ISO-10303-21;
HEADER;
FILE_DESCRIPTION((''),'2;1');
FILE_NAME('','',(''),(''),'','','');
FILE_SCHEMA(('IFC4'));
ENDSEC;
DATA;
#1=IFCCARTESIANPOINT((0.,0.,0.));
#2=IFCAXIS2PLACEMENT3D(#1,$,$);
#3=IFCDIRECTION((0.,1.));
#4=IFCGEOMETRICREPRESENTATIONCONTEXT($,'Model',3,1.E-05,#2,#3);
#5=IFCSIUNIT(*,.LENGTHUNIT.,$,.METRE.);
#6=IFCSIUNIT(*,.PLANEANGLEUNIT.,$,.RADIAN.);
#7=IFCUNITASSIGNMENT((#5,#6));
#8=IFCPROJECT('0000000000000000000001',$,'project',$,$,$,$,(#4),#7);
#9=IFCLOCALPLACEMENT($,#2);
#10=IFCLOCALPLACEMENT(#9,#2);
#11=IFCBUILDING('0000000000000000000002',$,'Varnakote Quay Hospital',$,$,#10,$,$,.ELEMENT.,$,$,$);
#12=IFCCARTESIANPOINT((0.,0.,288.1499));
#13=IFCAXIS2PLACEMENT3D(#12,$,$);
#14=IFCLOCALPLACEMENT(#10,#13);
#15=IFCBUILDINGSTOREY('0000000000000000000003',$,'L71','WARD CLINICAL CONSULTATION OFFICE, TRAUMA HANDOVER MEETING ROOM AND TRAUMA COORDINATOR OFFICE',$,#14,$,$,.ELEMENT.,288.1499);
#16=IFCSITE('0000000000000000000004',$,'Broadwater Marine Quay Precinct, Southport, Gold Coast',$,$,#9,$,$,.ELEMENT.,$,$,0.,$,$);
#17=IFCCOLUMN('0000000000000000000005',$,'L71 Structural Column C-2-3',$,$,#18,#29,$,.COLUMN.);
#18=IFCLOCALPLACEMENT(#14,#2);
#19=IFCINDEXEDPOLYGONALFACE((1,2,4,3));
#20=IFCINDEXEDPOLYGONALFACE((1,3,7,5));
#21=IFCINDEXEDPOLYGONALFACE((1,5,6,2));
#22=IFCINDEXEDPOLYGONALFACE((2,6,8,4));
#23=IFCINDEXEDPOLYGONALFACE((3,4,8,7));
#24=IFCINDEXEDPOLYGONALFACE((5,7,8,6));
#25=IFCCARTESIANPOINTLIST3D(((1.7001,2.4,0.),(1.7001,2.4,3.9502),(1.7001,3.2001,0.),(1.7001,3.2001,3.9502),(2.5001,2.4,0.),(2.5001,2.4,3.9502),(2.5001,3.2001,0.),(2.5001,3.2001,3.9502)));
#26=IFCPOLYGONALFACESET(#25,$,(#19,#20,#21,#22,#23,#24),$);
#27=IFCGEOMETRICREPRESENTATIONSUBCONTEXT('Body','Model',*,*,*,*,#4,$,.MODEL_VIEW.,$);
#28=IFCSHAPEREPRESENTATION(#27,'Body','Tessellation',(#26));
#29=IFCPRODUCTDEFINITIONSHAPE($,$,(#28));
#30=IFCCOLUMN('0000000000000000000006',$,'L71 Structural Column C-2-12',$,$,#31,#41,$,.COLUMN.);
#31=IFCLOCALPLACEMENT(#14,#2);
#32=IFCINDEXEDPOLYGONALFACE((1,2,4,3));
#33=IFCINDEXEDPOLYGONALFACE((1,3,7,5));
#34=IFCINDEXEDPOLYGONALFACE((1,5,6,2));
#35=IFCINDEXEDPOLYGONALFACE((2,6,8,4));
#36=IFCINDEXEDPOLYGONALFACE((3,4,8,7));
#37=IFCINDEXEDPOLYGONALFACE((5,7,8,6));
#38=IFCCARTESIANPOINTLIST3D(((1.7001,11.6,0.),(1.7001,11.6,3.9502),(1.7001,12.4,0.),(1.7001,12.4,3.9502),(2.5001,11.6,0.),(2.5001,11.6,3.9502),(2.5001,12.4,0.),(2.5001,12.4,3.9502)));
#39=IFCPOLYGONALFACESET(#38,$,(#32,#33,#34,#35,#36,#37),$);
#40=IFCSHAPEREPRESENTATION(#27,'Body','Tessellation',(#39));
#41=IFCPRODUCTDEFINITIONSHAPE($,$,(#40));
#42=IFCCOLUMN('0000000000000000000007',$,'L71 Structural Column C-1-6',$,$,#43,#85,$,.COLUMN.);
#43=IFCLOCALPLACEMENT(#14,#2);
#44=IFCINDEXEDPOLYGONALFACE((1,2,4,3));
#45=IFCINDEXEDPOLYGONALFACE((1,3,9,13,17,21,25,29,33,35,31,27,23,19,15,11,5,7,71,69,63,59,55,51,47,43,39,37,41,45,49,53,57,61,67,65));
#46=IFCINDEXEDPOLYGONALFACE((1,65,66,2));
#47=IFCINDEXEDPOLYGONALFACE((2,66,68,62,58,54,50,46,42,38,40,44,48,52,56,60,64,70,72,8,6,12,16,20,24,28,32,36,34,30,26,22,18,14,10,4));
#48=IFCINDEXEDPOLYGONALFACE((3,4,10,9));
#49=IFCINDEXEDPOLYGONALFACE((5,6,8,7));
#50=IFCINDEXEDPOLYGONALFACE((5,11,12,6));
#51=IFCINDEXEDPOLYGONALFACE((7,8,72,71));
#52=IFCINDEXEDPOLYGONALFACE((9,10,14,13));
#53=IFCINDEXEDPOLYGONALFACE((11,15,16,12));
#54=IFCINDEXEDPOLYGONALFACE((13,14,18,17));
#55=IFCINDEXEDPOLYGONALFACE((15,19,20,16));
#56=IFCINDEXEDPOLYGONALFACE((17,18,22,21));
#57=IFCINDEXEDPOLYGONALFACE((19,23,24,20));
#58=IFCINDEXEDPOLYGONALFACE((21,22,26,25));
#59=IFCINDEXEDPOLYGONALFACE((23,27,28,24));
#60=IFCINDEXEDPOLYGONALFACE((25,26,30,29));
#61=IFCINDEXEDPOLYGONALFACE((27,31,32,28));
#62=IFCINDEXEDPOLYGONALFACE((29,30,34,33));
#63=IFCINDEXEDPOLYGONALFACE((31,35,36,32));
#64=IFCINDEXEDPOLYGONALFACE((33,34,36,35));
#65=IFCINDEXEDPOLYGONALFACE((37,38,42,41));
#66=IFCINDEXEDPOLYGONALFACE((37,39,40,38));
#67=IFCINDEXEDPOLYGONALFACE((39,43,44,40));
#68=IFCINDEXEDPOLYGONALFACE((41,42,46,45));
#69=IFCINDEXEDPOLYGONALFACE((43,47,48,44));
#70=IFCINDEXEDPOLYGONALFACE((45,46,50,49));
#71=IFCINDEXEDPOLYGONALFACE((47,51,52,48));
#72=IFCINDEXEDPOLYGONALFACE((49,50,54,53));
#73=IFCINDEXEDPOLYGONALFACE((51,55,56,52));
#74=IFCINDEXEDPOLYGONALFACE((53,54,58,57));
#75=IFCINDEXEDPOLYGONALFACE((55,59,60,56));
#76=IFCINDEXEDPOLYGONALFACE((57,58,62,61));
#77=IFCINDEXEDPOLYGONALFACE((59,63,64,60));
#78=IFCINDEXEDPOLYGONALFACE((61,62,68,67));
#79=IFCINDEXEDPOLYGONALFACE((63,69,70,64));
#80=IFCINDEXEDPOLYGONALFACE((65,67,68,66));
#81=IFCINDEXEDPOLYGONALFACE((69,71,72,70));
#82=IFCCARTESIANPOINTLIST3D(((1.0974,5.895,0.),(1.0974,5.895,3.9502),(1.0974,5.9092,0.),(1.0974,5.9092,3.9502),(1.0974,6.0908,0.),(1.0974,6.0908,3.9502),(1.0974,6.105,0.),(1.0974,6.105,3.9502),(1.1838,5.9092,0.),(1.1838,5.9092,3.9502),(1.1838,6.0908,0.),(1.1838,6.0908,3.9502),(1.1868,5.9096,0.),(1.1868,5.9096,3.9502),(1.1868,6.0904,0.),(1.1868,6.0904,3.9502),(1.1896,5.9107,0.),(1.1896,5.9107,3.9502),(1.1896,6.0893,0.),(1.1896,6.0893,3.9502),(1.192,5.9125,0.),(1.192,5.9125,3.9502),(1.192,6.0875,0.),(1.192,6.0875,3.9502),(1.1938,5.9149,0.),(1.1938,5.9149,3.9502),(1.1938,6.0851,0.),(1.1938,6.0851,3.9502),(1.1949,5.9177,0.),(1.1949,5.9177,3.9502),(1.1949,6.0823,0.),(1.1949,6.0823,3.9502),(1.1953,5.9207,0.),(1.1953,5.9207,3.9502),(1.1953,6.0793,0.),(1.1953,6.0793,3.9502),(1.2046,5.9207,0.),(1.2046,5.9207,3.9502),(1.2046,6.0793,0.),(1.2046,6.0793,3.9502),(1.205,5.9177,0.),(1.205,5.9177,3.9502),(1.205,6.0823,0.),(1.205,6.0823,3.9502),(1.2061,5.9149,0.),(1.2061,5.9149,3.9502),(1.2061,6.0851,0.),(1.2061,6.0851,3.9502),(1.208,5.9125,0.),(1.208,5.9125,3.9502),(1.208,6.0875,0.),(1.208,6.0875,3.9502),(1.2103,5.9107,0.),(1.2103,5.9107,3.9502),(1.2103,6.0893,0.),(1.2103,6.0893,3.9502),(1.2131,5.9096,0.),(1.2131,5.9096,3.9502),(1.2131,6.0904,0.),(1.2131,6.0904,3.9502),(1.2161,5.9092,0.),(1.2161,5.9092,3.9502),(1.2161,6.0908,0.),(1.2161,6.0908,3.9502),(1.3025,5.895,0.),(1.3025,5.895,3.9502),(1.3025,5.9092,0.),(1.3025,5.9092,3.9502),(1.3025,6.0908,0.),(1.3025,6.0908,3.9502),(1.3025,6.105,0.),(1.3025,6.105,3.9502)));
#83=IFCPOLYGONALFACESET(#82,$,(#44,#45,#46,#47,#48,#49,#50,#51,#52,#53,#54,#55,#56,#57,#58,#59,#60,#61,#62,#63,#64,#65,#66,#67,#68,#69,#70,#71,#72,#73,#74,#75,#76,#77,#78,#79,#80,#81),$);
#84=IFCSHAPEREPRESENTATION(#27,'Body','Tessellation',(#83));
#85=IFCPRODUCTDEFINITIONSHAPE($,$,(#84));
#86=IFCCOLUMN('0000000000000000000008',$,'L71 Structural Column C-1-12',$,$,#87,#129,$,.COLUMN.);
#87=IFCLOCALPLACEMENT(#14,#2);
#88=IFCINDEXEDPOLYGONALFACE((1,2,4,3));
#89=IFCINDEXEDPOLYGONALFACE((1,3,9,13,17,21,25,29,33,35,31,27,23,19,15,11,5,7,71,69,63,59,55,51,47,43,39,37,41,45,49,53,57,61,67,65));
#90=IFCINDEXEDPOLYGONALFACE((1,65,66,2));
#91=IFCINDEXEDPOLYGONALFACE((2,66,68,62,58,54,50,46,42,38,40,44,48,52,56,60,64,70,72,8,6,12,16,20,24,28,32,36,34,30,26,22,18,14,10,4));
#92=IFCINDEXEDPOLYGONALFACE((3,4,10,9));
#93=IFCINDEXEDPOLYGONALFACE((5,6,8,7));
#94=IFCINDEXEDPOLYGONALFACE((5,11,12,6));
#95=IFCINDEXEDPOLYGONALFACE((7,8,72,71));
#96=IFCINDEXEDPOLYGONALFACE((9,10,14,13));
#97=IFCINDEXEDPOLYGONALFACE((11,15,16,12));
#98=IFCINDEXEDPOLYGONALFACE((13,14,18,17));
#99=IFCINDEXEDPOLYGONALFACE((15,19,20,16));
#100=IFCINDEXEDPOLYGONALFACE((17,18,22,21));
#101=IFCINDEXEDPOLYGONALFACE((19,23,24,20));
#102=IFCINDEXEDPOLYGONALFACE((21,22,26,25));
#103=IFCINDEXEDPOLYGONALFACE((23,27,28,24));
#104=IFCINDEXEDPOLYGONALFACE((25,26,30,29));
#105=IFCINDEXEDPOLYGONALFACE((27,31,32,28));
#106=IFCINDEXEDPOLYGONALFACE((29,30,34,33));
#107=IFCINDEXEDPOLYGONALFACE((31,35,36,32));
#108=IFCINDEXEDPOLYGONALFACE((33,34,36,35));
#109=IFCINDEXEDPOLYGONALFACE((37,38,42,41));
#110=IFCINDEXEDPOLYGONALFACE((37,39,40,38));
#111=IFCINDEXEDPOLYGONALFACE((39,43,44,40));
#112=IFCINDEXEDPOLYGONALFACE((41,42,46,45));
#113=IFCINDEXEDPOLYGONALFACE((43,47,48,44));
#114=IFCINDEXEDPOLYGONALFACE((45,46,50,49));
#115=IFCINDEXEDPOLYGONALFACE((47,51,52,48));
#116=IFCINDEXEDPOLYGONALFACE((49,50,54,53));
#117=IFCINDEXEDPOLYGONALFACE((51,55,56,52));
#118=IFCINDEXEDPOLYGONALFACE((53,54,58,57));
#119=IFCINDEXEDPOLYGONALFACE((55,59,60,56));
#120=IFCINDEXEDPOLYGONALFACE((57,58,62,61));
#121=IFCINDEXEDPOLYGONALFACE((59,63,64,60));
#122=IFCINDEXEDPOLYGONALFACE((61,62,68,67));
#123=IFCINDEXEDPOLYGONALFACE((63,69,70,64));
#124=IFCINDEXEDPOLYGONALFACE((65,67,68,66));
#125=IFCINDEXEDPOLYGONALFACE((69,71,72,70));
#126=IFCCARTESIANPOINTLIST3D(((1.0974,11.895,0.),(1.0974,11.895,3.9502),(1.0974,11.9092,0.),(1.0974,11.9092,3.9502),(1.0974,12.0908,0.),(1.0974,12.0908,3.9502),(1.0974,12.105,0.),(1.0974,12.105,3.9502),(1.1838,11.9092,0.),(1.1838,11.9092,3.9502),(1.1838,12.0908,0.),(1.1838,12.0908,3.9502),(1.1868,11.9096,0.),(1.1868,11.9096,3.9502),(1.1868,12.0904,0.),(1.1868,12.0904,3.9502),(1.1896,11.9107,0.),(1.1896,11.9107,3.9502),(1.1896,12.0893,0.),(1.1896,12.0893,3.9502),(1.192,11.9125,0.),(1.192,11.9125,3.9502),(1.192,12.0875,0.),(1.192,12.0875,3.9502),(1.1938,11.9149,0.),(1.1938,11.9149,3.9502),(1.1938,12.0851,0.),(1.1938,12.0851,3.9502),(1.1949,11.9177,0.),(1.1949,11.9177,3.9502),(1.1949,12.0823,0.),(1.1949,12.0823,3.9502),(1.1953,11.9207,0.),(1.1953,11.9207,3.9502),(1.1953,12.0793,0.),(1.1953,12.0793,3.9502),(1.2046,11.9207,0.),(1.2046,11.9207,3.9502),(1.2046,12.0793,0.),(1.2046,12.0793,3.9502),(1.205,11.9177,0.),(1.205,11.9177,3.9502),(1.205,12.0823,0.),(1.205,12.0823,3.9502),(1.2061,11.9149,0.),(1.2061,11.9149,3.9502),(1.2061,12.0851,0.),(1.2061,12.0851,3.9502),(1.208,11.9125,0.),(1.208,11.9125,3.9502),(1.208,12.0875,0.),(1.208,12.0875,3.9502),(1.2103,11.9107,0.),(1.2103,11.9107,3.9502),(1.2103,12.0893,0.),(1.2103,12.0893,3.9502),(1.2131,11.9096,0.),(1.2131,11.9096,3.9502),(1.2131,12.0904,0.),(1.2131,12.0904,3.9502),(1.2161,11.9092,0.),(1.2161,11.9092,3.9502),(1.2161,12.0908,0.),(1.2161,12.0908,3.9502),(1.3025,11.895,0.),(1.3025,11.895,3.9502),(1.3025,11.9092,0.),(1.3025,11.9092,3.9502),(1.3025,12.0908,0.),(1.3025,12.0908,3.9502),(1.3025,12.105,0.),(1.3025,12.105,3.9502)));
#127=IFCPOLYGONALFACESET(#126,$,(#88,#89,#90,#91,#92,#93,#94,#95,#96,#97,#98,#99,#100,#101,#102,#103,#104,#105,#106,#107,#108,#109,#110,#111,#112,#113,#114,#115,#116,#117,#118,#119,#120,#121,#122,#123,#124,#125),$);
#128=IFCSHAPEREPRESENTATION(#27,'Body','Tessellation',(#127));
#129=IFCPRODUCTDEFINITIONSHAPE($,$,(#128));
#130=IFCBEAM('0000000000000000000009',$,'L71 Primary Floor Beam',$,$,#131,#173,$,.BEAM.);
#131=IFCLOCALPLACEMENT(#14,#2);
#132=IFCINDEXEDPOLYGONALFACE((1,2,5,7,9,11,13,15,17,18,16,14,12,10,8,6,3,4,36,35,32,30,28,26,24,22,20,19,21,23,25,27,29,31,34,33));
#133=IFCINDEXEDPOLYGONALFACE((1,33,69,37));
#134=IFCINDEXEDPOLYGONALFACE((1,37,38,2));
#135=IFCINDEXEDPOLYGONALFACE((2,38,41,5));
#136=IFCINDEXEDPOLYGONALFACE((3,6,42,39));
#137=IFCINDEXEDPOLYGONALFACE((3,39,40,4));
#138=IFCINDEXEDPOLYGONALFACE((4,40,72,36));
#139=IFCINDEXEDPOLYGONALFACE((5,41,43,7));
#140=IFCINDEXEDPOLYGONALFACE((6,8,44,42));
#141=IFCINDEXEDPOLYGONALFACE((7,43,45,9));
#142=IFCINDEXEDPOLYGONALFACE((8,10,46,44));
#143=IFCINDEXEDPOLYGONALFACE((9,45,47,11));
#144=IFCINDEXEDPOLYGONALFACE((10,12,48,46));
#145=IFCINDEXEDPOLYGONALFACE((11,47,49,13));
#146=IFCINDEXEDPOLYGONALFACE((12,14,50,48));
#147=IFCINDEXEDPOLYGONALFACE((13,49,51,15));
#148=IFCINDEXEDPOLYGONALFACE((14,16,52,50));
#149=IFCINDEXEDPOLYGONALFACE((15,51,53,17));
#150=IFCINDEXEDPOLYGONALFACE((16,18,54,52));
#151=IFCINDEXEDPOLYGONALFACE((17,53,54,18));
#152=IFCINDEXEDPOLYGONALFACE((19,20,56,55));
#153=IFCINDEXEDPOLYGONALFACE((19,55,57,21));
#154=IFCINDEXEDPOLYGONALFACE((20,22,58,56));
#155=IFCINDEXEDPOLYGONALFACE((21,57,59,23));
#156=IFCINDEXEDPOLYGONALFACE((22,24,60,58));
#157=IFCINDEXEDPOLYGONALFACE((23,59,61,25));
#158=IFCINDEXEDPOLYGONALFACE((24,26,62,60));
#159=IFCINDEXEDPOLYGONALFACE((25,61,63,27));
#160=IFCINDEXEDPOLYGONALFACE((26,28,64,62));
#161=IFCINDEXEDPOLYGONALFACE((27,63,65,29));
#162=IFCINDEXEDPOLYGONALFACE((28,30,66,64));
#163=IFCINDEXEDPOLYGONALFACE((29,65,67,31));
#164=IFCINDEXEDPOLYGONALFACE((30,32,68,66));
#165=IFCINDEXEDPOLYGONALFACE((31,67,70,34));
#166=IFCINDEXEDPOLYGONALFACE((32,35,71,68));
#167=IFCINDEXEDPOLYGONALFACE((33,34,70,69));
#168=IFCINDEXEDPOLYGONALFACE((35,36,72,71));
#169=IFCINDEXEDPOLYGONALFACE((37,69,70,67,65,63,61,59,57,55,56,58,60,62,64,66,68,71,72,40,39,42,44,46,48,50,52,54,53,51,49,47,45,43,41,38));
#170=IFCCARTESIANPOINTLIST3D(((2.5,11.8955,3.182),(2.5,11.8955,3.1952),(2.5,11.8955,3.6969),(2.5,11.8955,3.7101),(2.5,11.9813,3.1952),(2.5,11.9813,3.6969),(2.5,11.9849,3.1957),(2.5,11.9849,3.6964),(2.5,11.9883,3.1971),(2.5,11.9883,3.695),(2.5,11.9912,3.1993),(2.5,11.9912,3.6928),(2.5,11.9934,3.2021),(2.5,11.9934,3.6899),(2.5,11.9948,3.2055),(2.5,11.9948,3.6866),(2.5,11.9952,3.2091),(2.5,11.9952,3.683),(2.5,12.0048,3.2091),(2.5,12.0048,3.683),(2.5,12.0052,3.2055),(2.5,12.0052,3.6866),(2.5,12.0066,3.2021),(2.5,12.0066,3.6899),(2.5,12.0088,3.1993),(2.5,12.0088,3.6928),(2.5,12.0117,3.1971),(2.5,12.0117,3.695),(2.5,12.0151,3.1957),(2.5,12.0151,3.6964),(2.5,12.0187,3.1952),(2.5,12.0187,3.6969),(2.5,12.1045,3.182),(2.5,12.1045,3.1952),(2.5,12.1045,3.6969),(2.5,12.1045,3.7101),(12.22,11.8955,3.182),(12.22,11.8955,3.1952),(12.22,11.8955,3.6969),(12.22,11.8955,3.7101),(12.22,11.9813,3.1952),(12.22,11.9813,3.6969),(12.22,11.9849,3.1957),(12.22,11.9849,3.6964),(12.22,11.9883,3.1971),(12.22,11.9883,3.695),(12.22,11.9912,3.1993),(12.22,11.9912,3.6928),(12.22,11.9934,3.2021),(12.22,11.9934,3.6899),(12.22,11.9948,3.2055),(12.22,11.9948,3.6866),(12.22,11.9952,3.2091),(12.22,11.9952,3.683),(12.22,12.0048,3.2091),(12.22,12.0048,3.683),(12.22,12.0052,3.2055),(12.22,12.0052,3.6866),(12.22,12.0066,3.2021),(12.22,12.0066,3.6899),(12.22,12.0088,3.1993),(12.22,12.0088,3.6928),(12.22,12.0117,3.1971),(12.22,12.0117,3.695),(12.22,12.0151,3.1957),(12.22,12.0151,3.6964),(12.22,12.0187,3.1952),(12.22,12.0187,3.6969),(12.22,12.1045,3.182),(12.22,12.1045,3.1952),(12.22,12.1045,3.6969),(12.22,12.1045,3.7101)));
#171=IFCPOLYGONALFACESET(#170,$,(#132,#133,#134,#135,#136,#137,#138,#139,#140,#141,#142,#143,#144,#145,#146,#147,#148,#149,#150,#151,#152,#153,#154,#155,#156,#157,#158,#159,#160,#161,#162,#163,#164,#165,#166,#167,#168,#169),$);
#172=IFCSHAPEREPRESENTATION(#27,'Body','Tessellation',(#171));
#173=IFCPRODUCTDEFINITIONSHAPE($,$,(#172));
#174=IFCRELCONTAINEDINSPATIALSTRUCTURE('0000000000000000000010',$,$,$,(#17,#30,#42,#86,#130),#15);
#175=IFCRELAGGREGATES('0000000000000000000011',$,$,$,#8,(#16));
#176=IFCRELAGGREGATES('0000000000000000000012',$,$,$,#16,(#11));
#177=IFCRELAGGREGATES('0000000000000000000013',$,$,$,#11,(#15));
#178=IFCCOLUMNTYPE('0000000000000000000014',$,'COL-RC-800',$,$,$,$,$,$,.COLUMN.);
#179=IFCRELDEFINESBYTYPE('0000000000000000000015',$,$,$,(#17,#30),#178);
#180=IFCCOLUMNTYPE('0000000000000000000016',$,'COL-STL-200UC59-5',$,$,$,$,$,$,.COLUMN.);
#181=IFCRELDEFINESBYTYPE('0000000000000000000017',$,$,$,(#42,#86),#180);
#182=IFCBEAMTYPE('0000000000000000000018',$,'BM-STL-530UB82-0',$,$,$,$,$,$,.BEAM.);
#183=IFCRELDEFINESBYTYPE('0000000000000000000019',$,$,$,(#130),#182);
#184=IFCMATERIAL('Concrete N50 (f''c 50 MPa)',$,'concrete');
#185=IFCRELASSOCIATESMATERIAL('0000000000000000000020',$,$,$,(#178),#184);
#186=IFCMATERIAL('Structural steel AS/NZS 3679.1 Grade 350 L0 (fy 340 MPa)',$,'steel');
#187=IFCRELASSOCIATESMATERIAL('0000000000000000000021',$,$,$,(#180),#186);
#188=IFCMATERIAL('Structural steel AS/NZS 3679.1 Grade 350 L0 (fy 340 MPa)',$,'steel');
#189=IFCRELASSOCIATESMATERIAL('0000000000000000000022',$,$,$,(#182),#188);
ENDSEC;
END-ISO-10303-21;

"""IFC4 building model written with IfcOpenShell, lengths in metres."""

from ifc_helpers import new_model, si_unit, direction, frame, origin, origin_2d, place, context, subcontext, project, spatial, rectangle, i_section, extrude, material, material_profile, profile_set, type_object, element, save


model = new_model("IFC4")

# Units and contexts
model_context = context("Model", 3, precision=1e-05, world=origin(), true_north=direction((0.0, 1.0)))
body_context = subcontext(model_context, "Body", "Model", "MODEL_VIEW")
ifc_project = project(units=[si_unit("LENGTHUNIT", "METRE"), si_unit("PLANEANGLEUNIT", "RADIAN")], contexts=[model_context])

# Site, building, storey
site_placement = place(None, origin())
site = spatial("IfcSite", under=ifc_project, at=site_placement, Name="Broadwater Marine Quay Precinct, Southport, Gold Coast", CompositionType="ELEMENT", RefElevation=0.0)
building_placement = place(site_placement, origin())
building = spatial("IfcBuilding", under=site, at=building_placement, Name="Varnakote Quay Hospital", CompositionType="ELEMENT")
storey_placement = place(building_placement, frame((0.0, 0.0, 288.1499)))
storey = spatial("IfcBuildingStorey", under=building, at=storey_placement, Name="L71", Description="WARD CLINICAL CONSULTATION OFFICE, TRAUMA HANDOVER MEETING ROOM AND TRAUMA COORDINATOR OFFICE", CompositionType="ELEMENT", Elevation=288.1499)

# Columns
ifc_material_1 = material(Name="Concrete N50 (f'c 50 MPa)", Category="concrete")
ifc_material_profile_1 = material_profile(ifc_material_1, rectangle(XDim=0.8, YDim=0.8, at=origin_2d()), Name="RC-COL-800x800")
ifc_profile_set_1 = profile_set([ifc_material_profile_1], Name="Concrete N50 (f'c 50 MPa)")
column_type_1 = type_object("IfcColumnType", Name="COL-RC-800", PredefinedType="COLUMN", material=ifc_profile_set_1)
for number, where, z_axis, x_axis, name in (
    (1, (2.1001, 2.8, 0.0), (0.0, 0.0, 1.0), (1.0, 0.0, 0.0), "L71 Structural Column C-2-3"),
    (2, (2.1001, 12.0, 0.0), (0.0, 0.0, 1.0), (1.0, 0.0, 0.0), "L71 Structural Column C-2-12"),
):
    element("IfcColumn", number, at=place(storey_placement, frame(where, z_axis=z_axis, x_axis=x_axis)), inside=storey, type_object=column_type_1, Name=name, PredefinedType="COLUMN", context=body_context, shape_type="SweptSolid", body=[
        extrude(rectangle(XDim=0.8, YDim=0.8, at=origin_2d()), origin(), (0.0, 0.0, 1.0), 3.9502),
    ])
ifc_material_2 = material(Name="Structural steel AS/NZS 3679.1 Grade 350 L0 (fy 340 MPa)", Category="steel")
ifc_material_profile_2 = material_profile(ifc_material_2, i_section(OverallWidth=0.2051, OverallDepth=0.21, WebThickness=0.0093, FlangeThickness=0.0142, FilletRadius=0.0115, at=origin_2d()), Name="200UC59.5")
ifc_profile_set_2 = profile_set([ifc_material_profile_2], Name="Structural steel AS/NZS 3679.1 Grade 350 L0 (fy 340 MPa)")
column_type_2 = type_object("IfcColumnType", Name="COL-STL-200UC59-5", PredefinedType="COLUMN", material=ifc_profile_set_2)
for number, where, z_axis, x_axis, name in (
    (3, (1.2, 6.0, 0.0), (0.0, 0.0, 1.0), (1.0, 0.0, 0.0), "L71 Structural Column C-1-6"),
    (4, (1.2, 12.0, 0.0), (0.0, 0.0, 1.0), (1.0, 0.0, 0.0), "L71 Structural Column C-1-12"),
):
    element("IfcColumn", number, at=place(storey_placement, frame(where, z_axis=z_axis, x_axis=x_axis)), inside=storey, type_object=column_type_2, Name=name, PredefinedType="COLUMN", context=body_context, shape_type="SweptSolid", body=[
        extrude(i_section(OverallWidth=0.2051, OverallDepth=0.21, WebThickness=0.0093, FlangeThickness=0.0142, FilletRadius=0.0115, at=origin_2d()), origin(), (0.0, 0.0, 1.0), 3.9502),
    ])

# Beam
ifc_material_3 = material(Name="Structural steel AS/NZS 3679.1 Grade 350 L0 (fy 340 MPa)", Category="steel")
ifc_material_profile_3 = material_profile(ifc_material_3, i_section(OverallWidth=0.209, OverallDepth=0.5281, WebThickness=0.0095, FlangeThickness=0.0132, FilletRadius=0.0139, at=origin_2d()), Name="530UB82.0")
ifc_profile_set_3 = profile_set([ifc_material_profile_3], Name="Structural steel AS/NZS 3679.1 Grade 350 L0 (fy 340 MPa)")
beam_type_1 = type_object("IfcBeamType", Name="BM-STL-530UB82-0", PredefinedType="BEAM", material=ifc_profile_set_3)
beam_1_placement = place(storey_placement, frame((2.5, 12.0, 3.446), z_axis=(1.0, 0.0, 0.0), x_axis=(0.0, 1.0, 0.0)))
element("IfcBeam", 5, at=beam_1_placement, inside=storey, type_object=beam_type_1, Name="L71 Primary Floor Beam", PredefinedType="BEAM", context=body_context, shape_type="SweptSolid", body=[
    extrude(i_section(OverallWidth=0.209, OverallDepth=0.5281, WebThickness=0.0095, FlangeThickness=0.0132, FilletRadius=0.0139, at=origin_2d()), origin(), (0.0, 0.0, 1.0), 9.72),
])

save(model, "model.ifc")
